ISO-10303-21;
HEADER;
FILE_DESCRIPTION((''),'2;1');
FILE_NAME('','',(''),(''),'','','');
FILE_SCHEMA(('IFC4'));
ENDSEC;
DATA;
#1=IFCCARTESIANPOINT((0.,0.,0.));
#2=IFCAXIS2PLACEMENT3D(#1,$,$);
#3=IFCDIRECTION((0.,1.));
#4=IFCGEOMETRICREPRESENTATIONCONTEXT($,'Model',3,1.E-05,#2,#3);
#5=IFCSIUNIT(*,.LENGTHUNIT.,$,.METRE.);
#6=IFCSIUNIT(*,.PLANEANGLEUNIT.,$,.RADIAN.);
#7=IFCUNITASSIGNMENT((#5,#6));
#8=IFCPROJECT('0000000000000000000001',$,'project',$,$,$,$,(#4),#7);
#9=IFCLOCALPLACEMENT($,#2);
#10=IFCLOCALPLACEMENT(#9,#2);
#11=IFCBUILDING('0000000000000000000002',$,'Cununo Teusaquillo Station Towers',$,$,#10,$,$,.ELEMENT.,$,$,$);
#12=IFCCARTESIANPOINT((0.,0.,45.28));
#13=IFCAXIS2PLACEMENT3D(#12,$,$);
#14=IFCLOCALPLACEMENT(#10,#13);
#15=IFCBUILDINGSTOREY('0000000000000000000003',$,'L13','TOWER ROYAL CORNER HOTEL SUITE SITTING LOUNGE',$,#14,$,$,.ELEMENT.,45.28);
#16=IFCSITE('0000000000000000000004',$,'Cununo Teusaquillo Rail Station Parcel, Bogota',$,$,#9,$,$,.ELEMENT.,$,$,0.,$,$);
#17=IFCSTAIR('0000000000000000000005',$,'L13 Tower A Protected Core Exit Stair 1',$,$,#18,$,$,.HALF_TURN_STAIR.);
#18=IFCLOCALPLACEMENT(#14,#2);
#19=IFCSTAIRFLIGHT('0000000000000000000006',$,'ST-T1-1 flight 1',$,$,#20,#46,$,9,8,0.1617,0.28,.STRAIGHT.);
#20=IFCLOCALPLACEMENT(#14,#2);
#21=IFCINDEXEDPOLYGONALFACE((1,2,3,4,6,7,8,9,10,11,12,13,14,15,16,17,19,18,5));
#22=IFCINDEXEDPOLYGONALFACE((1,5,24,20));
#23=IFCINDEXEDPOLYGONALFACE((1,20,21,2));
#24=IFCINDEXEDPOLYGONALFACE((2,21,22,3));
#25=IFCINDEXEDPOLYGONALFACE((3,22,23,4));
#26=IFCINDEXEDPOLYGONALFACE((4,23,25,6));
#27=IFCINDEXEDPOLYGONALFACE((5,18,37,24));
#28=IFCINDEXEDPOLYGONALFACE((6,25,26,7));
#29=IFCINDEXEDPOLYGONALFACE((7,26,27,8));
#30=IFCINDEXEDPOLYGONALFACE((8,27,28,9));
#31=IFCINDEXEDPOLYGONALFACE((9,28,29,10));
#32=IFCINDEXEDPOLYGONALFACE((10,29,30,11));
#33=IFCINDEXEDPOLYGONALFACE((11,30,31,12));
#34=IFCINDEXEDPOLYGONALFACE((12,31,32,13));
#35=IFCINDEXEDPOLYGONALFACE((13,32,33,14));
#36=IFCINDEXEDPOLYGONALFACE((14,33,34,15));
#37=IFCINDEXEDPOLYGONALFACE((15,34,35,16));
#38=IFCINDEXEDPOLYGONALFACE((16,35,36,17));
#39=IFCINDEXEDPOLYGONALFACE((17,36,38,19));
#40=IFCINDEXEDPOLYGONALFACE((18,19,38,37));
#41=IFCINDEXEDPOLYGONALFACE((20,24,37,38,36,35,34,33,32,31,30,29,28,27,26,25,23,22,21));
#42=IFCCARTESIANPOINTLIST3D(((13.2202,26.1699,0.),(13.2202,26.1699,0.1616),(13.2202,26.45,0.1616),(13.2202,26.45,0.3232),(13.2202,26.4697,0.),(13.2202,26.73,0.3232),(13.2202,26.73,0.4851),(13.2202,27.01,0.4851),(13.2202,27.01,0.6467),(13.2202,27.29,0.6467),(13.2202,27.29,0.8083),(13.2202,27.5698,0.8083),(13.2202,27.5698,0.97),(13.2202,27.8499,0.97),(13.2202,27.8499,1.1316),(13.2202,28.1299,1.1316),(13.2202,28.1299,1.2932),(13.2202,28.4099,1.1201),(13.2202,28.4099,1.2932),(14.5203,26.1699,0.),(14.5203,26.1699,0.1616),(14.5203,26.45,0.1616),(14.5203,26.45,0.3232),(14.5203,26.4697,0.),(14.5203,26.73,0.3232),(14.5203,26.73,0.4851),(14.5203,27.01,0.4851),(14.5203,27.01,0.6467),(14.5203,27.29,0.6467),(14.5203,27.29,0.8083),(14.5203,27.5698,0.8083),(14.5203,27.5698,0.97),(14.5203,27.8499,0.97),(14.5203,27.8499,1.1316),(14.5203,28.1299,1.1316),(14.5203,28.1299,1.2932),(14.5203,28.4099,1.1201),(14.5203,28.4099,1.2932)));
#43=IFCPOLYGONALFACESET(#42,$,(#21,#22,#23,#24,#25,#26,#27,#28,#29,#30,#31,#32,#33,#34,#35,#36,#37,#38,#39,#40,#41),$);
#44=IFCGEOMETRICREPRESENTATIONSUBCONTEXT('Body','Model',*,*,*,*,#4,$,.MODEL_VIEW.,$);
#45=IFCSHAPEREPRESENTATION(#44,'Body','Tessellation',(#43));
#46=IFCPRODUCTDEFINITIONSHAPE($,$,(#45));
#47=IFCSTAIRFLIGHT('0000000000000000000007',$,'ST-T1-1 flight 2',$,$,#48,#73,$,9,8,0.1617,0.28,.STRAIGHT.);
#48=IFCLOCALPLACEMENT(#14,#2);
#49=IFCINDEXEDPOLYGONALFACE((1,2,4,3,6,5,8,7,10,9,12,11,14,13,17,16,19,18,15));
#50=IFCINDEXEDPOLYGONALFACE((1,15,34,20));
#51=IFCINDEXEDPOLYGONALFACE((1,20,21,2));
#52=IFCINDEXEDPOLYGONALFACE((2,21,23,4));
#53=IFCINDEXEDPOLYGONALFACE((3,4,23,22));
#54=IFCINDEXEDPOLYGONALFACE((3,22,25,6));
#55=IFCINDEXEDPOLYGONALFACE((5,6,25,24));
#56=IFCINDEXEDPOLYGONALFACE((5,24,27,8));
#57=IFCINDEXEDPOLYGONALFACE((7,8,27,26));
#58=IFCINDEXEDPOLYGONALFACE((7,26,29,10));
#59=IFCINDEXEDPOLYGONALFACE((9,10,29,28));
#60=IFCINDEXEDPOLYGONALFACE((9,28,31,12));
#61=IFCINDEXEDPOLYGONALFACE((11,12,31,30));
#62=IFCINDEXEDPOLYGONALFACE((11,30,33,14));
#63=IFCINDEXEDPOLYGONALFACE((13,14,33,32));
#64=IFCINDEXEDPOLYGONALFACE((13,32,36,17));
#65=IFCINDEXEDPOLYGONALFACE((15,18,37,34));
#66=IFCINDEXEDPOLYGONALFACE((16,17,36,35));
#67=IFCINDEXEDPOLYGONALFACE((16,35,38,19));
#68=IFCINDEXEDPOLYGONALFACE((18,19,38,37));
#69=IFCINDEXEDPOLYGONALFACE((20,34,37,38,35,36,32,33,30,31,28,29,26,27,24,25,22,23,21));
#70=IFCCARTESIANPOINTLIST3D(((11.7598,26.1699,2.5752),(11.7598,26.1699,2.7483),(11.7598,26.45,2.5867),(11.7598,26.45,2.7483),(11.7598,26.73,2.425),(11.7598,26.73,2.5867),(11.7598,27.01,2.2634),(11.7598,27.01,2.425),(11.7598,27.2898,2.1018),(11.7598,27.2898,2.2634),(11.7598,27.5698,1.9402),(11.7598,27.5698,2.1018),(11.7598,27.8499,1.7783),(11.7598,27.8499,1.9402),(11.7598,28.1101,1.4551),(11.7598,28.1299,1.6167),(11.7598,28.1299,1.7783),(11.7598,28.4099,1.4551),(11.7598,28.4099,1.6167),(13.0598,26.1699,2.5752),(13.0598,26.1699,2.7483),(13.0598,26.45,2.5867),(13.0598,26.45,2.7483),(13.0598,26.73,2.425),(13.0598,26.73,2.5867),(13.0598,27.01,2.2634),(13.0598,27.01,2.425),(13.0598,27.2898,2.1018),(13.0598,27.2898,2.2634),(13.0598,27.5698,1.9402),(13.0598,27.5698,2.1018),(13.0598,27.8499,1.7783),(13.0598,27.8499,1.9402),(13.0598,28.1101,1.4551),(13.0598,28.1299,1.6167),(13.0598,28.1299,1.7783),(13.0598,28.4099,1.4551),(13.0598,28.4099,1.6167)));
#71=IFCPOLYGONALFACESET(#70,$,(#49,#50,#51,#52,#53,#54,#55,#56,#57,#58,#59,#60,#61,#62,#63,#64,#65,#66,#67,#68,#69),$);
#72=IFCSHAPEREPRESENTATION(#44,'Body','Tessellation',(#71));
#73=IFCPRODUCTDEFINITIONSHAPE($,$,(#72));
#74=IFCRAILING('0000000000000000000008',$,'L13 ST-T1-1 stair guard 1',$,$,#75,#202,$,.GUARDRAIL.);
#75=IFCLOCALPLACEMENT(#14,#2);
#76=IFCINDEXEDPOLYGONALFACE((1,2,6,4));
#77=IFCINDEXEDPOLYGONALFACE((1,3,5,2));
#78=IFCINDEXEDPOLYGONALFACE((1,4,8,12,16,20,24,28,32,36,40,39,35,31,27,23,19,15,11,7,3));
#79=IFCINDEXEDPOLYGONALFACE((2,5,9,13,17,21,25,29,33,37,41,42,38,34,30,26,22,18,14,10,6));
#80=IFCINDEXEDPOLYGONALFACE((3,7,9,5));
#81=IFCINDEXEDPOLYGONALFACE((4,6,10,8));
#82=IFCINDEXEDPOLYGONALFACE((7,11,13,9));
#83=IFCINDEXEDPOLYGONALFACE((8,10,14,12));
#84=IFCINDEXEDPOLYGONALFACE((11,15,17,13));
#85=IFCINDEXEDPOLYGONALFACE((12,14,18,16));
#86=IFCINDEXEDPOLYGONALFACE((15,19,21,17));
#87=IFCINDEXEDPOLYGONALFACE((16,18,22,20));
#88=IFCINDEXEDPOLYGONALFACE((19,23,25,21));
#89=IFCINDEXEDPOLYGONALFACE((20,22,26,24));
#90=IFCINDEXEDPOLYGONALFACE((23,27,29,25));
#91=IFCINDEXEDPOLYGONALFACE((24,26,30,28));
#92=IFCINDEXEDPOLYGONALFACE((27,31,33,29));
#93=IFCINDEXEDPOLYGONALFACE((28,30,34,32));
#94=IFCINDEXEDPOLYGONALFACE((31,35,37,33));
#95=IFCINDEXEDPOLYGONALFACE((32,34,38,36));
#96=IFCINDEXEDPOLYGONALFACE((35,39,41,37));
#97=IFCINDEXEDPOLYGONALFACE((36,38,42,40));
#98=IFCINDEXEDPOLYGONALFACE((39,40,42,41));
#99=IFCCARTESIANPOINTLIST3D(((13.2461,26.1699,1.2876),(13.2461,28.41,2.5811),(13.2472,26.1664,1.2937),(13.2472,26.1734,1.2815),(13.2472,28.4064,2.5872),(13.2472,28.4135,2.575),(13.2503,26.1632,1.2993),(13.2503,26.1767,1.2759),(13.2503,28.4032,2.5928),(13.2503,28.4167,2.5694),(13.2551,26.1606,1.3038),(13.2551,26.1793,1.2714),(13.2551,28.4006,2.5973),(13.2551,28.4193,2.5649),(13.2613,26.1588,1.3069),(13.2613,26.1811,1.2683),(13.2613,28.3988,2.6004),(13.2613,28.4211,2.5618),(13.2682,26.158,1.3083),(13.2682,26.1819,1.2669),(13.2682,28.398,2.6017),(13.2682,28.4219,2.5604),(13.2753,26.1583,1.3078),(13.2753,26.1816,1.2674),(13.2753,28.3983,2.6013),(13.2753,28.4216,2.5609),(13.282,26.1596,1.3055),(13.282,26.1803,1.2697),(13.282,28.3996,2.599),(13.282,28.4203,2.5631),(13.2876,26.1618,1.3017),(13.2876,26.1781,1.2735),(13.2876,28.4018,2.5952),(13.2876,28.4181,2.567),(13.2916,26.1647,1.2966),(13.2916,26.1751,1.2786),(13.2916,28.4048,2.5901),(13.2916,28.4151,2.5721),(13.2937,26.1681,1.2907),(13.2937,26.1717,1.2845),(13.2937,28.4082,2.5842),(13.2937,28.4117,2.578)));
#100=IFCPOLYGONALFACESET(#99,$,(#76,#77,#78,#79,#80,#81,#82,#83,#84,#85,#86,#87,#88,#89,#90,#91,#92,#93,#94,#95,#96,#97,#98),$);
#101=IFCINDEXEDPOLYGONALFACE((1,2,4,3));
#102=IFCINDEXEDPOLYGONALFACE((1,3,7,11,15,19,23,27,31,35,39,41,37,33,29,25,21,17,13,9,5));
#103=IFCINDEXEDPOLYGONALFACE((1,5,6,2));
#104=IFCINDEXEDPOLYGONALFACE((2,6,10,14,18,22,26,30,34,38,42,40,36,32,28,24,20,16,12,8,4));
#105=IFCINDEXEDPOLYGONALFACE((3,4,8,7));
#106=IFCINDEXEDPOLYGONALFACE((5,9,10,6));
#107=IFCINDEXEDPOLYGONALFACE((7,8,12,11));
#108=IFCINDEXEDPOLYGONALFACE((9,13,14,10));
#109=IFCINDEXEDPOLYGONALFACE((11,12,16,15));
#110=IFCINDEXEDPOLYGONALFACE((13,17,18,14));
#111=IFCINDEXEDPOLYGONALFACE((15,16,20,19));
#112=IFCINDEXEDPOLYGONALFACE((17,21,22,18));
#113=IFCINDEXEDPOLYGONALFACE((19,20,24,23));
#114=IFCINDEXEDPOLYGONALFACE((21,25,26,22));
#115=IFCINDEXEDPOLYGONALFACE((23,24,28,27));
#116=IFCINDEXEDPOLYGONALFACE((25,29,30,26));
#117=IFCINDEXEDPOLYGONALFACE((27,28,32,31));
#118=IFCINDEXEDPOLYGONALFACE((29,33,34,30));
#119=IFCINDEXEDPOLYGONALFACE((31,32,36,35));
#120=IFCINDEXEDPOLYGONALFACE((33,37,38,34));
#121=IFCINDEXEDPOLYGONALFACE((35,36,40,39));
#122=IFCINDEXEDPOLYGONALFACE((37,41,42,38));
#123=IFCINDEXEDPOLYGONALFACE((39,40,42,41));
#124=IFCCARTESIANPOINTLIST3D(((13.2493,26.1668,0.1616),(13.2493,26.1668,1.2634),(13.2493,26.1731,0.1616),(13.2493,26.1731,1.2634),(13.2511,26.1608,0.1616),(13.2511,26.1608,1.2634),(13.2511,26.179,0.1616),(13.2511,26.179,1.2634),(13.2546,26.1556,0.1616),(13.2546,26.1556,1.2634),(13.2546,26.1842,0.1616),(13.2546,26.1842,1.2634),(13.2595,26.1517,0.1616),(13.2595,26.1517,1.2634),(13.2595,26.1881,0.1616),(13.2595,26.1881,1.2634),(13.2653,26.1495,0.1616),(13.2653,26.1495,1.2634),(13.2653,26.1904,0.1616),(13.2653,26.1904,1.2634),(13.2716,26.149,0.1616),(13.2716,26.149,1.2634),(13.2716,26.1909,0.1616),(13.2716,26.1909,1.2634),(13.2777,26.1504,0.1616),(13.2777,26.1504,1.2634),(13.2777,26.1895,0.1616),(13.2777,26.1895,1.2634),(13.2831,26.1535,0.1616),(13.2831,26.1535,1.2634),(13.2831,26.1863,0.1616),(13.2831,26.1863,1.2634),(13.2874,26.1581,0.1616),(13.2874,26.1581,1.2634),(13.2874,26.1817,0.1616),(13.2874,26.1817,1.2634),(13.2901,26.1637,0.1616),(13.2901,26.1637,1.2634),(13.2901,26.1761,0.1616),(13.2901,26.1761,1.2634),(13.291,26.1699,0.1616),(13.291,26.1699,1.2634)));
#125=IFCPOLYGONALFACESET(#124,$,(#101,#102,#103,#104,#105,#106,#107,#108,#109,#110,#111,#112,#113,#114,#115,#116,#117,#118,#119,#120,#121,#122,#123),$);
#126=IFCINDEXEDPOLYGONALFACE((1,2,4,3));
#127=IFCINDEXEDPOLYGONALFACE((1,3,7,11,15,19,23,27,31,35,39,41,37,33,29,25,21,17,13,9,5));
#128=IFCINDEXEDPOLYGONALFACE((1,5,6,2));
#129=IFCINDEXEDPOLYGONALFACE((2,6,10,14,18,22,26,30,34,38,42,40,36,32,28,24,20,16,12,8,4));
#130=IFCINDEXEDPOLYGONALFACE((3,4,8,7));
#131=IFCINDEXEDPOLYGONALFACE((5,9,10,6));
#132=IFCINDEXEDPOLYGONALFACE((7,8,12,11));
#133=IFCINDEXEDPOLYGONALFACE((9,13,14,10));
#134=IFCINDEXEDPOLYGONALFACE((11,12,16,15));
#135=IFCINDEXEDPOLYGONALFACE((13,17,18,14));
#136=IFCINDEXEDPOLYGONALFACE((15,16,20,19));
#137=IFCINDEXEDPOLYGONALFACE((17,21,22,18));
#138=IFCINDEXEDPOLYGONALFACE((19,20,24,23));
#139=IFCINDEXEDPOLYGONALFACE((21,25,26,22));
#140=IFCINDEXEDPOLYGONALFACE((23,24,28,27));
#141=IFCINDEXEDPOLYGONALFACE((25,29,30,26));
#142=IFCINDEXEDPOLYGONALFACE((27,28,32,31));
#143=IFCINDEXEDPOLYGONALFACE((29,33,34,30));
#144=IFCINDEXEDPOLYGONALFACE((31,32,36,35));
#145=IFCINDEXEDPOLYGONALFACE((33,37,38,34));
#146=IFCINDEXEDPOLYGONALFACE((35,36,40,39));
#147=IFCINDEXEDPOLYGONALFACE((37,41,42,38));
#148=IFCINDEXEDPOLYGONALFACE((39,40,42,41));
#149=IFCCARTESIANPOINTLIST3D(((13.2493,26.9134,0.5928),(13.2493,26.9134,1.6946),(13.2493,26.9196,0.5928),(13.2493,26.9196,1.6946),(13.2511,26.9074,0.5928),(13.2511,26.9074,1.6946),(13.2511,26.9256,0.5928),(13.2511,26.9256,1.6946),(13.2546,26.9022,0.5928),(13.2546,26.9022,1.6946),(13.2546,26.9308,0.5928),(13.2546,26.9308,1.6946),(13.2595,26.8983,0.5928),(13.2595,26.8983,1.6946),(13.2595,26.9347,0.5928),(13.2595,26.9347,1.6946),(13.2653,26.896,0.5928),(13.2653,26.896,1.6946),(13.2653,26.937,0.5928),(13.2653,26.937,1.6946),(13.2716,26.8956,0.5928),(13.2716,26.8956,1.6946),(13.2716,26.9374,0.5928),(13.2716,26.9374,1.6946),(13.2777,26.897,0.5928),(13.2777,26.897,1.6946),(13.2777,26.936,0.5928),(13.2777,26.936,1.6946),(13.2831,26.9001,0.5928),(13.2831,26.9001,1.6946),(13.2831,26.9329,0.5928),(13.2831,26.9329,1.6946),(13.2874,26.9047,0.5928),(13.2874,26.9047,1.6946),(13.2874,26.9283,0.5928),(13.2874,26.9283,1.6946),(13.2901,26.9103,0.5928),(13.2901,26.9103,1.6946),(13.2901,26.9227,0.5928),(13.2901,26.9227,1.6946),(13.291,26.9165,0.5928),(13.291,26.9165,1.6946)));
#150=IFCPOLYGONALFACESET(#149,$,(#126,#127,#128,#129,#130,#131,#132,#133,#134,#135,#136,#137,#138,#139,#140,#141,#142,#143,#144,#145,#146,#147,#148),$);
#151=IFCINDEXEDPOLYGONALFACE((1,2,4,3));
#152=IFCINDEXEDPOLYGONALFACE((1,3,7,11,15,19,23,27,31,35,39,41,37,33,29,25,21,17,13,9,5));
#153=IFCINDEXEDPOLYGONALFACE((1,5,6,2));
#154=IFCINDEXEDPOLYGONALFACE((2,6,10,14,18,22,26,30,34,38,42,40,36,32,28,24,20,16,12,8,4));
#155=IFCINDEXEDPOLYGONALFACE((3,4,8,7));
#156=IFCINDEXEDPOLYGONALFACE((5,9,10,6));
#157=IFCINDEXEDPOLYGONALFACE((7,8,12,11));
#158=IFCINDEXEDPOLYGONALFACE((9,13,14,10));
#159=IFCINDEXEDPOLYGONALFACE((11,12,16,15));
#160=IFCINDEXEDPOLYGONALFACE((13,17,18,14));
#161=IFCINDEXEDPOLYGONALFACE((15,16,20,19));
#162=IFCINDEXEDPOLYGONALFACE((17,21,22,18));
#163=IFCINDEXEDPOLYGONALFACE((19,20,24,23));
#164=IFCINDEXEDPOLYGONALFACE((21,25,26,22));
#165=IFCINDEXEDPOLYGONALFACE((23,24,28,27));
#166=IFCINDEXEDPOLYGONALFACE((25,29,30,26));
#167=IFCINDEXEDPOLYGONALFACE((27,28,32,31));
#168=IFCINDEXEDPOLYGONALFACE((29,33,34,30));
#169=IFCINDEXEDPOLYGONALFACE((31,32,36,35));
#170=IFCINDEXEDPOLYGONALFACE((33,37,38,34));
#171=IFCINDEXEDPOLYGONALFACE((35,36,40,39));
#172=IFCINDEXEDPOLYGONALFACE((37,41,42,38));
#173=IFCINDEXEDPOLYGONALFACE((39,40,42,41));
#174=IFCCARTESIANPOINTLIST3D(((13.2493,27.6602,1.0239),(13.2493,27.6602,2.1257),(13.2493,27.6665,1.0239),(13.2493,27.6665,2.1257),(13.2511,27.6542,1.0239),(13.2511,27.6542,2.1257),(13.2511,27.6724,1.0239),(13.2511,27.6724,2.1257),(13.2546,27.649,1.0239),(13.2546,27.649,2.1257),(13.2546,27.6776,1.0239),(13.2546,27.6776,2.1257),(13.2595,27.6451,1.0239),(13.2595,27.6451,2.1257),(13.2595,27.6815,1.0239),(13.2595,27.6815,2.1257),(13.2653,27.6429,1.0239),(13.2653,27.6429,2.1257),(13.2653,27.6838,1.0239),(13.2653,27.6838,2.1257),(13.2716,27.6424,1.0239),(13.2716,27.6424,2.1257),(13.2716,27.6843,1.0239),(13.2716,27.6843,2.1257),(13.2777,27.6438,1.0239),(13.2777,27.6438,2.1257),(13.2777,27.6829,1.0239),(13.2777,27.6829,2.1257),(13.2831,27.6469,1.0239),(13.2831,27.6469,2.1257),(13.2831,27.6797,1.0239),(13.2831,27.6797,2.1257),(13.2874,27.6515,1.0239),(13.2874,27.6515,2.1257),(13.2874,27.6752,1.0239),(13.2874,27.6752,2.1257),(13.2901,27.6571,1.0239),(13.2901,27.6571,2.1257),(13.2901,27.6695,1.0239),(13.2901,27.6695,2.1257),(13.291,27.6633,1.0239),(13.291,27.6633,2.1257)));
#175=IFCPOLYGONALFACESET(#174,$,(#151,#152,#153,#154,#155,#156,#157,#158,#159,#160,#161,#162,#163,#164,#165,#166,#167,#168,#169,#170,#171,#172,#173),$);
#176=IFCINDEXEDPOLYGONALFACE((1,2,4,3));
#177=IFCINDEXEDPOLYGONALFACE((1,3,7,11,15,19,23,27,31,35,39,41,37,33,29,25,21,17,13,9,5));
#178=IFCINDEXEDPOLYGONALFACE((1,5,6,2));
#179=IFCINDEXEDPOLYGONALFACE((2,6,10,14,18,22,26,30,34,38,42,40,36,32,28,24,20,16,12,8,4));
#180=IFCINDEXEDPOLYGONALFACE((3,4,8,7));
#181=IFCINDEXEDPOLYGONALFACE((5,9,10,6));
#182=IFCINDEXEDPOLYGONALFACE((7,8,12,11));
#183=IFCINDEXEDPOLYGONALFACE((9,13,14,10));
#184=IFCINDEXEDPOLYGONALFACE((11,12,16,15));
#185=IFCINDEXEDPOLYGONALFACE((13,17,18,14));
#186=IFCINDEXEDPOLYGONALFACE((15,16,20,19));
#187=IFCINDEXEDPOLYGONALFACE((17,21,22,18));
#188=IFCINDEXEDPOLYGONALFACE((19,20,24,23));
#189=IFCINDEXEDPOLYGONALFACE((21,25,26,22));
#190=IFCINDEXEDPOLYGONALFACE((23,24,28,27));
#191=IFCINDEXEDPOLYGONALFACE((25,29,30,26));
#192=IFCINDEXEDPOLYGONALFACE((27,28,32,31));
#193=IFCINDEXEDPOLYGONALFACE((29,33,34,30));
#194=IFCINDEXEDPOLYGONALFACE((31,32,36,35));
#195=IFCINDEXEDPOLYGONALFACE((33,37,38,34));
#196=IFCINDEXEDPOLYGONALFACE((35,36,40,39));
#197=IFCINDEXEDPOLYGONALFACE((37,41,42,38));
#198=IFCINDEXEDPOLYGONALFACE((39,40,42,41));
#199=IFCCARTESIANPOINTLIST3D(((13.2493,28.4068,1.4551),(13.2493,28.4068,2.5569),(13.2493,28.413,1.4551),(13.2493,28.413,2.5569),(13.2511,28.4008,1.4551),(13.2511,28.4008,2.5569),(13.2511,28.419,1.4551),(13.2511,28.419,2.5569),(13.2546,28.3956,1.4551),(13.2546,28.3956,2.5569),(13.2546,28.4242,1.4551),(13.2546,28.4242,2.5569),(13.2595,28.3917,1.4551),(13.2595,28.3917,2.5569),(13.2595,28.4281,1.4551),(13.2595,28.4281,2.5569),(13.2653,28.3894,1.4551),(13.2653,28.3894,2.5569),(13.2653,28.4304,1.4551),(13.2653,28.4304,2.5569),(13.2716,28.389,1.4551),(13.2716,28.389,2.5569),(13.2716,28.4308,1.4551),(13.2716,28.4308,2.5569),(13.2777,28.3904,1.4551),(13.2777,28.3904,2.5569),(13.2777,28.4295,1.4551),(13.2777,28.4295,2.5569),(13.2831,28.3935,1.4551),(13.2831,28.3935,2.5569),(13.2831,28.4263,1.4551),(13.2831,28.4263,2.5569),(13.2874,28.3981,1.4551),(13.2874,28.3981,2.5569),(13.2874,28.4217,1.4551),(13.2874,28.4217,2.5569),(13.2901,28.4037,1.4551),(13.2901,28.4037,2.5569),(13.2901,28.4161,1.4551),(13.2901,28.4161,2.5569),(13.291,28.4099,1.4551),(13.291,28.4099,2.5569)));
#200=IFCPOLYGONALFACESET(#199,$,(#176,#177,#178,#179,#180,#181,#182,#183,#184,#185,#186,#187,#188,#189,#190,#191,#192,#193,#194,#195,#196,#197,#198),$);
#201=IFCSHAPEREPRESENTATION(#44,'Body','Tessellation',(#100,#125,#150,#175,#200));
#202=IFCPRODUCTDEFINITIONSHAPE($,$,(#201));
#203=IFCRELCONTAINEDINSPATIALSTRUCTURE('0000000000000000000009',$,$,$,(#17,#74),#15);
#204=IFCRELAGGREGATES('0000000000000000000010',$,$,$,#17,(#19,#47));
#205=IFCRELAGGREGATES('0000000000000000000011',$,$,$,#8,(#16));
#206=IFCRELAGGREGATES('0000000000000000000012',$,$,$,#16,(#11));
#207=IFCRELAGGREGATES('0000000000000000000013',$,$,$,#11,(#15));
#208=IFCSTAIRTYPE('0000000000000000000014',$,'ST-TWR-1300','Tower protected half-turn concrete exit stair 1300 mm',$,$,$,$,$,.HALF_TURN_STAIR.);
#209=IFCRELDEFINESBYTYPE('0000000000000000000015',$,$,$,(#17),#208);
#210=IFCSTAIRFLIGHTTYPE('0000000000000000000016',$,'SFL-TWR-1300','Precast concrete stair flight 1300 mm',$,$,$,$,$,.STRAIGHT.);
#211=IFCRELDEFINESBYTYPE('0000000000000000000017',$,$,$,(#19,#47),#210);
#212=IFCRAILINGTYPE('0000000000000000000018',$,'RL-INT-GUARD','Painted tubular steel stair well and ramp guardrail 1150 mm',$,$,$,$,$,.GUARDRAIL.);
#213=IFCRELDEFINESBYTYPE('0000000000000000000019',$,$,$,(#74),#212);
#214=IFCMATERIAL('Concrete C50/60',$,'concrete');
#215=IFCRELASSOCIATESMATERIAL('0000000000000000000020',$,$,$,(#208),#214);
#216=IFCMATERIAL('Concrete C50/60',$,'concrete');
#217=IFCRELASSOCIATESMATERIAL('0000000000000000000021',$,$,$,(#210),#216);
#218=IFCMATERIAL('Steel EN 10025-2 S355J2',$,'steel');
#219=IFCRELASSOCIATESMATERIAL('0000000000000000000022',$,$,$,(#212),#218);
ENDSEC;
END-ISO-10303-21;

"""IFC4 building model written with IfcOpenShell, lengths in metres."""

from ifc_helpers import new_model, si_unit, direction, frame, origin, origin_2d, place, context, subcontext, project, spatial, polyline, circle, outline, extrude, material, type_object, element, aggregate, save


model = new_model("IFC4")

# Units and contexts
model_context = context("Model", 3, precision=1e-05, world=origin(), true_north=direction((0.0, 1.0)))
body_context = subcontext(model_context, "Body", "Model", "MODEL_VIEW")
ifc_project = project(units=[si_unit("LENGTHUNIT", "METRE"), si_unit("PLANEANGLEUNIT", "RADIAN")], contexts=[model_context])

# Site, building, storey
site_placement = place(None, origin())
site = spatial("IfcSite", under=ifc_project, at=site_placement, Name="Cununo Teusaquillo Rail Station Parcel, Bogota", CompositionType="ELEMENT", RefElevation=0.0)
building_placement = place(site_placement, origin())
building = spatial("IfcBuilding", under=site, at=building_placement, Name="Cununo Teusaquillo Station Towers", CompositionType="ELEMENT")
storey_placement = place(building_placement, frame((0.0, 0.0, 45.28)))
storey = spatial("IfcBuildingStorey", under=building, at=storey_placement, Name="L13", Description="TOWER ROYAL CORNER HOTEL SUITE SITTING LOUNGE", CompositionType="ELEMENT", Elevation=45.28)

# Stair, stair flights
ifc_material_1 = material(Name="Concrete C50/60", Category="concrete")
stair_type = type_object("IfcStairType", Name="ST-TWR-1300", Description="Tower protected half-turn concrete exit stair 1300 mm", PredefinedType="HALF_TURN_STAIR", material=ifc_material_1)
stair_placement = place(storey_placement, origin())
stair = element("IfcStair", 1, at=stair_placement, inside=storey, type_object=stair_type, Name="L13 Tower A Protected Core Exit Stair 1", PredefinedType="HALF_TURN_STAIR")
ifc_material_2 = material(Name="Concrete C50/60", Category="concrete")
stair_flight_type = type_object("IfcStairFlightType", Name="SFL-TWR-1300", Description="Precast concrete stair flight 1300 mm", PredefinedType="STRAIGHT", material=ifc_material_2)
stair_flight_1_placement = place(storey_placement, frame((13.8701, 26.1699, 0.0), z_axis=(0.0, 0.0, 1.0), x_axis=(0.0, 1.0, 0.0)))
stair_flight_1 = element("IfcStairFlight", 2, at=stair_flight_1_placement, type_object=stair_flight_type, Name="ST-T1-1 flight 1", NumberOfRisers=9, NumberOfTreads=8, PredefinedType="STRAIGHT", RiserHeight=0.1617, TreadLength=0.28, context=body_context, shape_type="SweptSolid", body=[
    extrude(outline(polyline([(0.0, 0.0), (0.0, 0.1616), (0.28, 0.1616), (0.28, 0.3232), (0.5601, 0.3232), (0.5601, 0.4851), (0.8401, 0.4851), (0.8401, 0.6467), (1.1201, 0.6467), (1.1201, 0.8083), (1.3999, 0.8083), (1.3999, 0.97), (1.6799, 0.97), (1.6799, 1.1316), (1.96, 1.1316), (1.96, 1.2932), (2.24, 1.2932), (2.24, 1.4551), (2.24, 1.1201), (0.2998, 0.0), (0.0, 0.0)])), frame((0.0, 0.6499, 0.0), z_axis=(0.0, -1.0, 0.0), x_axis=(1.0, 0.0, 0.0)), (0.0, 0.0, 1.0), 1.3),
])
stair_flight_2_placement = place(storey_placement, frame((12.4099, 28.4099, 1.4551), z_axis=(0.0, 0.0, 1.0), x_axis=(0.0, -1.0, 0.0)))
stair_flight_2 = element("IfcStairFlight", 3, at=stair_flight_2_placement, type_object=stair_flight_type, Name="ST-T1-1 flight 2", NumberOfRisers=9, NumberOfTreads=8, PredefinedType="STRAIGHT", RiserHeight=0.1617, TreadLength=0.28, context=body_context, shape_type="SweptSolid", body=[
    extrude(outline(polyline([(0.0, 0.0), (0.0, 0.1616), (0.28, 0.1616), (0.28, 0.3232), (0.5601, 0.3232), (0.5601, 0.4851), (0.8401, 0.4851), (0.8401, 0.6467), (1.1201, 0.6467), (1.1201, 0.8083), (1.3999, 0.8083), (1.3999, 0.97), (1.6799, 0.97), (1.6799, 1.1316), (1.96, 1.1316), (1.96, 1.2932), (2.24, 1.2932), (2.24, 1.4551), (2.24, 1.1201), (0.2998, 0.0), (0.0, 0.0)])), frame((0.0, 0.6499, 0.0), z_axis=(0.0, -1.0, 0.0), x_axis=(1.0, 0.0, 0.0)), (0.0, 0.0, 1.0), 1.3),
])
aggregate(stair, [stair_flight_1, stair_flight_2])

# Railing
ifc_material_3 = material(Name="Steel EN 10025-2 S355J2", Category="steel")
railing_type_1 = type_object("IfcRailingType", Name="RL-INT-GUARD", Description="Painted tubular steel stair well and ramp guardrail 1150 mm", PredefinedType="GUARDRAIL", material=ifc_material_3)
railing_1_placement = place(storey_placement, frame((13.27, 26.1699, 0.1616)))
element("IfcRailing", 4, at=railing_1_placement, inside=storey, type_object=railing_type_1, Name="L13 ST-T1-1 stair guard 1", PredefinedType="GUARDRAIL", context=body_context, shape_type="SweptSolid", body=[
    extrude(circle(Radius=0.0239, at=origin_2d()), frame((0.0, 0.0, 1.126), z_axis=(0.0, 0.865992, 0.500057), x_axis=(-1.0, 0.0, 0.0)), (0.0, 0.0, 1.0), 2.5867),
    extrude(circle(Radius=0.021, at=origin_2d()), origin(), (0.0, 0.0, 1.0), 1.1018),
    extrude(circle(Radius=0.021, at=origin_2d()), frame((0.0, 0.7466, 0.4312)), (0.0, 0.0, 1.0), 1.1018),
    extrude(circle(Radius=0.021, at=origin_2d()), frame((0.0, 1.4934, 0.8623)), (0.0, 0.0, 1.0), 1.1018),
    extrude(circle(Radius=0.021, at=origin_2d()), frame((0.0, 2.24, 1.2935)), (0.0, 0.0, 1.0), 1.1018),
])

save(model, "model.ifc")
